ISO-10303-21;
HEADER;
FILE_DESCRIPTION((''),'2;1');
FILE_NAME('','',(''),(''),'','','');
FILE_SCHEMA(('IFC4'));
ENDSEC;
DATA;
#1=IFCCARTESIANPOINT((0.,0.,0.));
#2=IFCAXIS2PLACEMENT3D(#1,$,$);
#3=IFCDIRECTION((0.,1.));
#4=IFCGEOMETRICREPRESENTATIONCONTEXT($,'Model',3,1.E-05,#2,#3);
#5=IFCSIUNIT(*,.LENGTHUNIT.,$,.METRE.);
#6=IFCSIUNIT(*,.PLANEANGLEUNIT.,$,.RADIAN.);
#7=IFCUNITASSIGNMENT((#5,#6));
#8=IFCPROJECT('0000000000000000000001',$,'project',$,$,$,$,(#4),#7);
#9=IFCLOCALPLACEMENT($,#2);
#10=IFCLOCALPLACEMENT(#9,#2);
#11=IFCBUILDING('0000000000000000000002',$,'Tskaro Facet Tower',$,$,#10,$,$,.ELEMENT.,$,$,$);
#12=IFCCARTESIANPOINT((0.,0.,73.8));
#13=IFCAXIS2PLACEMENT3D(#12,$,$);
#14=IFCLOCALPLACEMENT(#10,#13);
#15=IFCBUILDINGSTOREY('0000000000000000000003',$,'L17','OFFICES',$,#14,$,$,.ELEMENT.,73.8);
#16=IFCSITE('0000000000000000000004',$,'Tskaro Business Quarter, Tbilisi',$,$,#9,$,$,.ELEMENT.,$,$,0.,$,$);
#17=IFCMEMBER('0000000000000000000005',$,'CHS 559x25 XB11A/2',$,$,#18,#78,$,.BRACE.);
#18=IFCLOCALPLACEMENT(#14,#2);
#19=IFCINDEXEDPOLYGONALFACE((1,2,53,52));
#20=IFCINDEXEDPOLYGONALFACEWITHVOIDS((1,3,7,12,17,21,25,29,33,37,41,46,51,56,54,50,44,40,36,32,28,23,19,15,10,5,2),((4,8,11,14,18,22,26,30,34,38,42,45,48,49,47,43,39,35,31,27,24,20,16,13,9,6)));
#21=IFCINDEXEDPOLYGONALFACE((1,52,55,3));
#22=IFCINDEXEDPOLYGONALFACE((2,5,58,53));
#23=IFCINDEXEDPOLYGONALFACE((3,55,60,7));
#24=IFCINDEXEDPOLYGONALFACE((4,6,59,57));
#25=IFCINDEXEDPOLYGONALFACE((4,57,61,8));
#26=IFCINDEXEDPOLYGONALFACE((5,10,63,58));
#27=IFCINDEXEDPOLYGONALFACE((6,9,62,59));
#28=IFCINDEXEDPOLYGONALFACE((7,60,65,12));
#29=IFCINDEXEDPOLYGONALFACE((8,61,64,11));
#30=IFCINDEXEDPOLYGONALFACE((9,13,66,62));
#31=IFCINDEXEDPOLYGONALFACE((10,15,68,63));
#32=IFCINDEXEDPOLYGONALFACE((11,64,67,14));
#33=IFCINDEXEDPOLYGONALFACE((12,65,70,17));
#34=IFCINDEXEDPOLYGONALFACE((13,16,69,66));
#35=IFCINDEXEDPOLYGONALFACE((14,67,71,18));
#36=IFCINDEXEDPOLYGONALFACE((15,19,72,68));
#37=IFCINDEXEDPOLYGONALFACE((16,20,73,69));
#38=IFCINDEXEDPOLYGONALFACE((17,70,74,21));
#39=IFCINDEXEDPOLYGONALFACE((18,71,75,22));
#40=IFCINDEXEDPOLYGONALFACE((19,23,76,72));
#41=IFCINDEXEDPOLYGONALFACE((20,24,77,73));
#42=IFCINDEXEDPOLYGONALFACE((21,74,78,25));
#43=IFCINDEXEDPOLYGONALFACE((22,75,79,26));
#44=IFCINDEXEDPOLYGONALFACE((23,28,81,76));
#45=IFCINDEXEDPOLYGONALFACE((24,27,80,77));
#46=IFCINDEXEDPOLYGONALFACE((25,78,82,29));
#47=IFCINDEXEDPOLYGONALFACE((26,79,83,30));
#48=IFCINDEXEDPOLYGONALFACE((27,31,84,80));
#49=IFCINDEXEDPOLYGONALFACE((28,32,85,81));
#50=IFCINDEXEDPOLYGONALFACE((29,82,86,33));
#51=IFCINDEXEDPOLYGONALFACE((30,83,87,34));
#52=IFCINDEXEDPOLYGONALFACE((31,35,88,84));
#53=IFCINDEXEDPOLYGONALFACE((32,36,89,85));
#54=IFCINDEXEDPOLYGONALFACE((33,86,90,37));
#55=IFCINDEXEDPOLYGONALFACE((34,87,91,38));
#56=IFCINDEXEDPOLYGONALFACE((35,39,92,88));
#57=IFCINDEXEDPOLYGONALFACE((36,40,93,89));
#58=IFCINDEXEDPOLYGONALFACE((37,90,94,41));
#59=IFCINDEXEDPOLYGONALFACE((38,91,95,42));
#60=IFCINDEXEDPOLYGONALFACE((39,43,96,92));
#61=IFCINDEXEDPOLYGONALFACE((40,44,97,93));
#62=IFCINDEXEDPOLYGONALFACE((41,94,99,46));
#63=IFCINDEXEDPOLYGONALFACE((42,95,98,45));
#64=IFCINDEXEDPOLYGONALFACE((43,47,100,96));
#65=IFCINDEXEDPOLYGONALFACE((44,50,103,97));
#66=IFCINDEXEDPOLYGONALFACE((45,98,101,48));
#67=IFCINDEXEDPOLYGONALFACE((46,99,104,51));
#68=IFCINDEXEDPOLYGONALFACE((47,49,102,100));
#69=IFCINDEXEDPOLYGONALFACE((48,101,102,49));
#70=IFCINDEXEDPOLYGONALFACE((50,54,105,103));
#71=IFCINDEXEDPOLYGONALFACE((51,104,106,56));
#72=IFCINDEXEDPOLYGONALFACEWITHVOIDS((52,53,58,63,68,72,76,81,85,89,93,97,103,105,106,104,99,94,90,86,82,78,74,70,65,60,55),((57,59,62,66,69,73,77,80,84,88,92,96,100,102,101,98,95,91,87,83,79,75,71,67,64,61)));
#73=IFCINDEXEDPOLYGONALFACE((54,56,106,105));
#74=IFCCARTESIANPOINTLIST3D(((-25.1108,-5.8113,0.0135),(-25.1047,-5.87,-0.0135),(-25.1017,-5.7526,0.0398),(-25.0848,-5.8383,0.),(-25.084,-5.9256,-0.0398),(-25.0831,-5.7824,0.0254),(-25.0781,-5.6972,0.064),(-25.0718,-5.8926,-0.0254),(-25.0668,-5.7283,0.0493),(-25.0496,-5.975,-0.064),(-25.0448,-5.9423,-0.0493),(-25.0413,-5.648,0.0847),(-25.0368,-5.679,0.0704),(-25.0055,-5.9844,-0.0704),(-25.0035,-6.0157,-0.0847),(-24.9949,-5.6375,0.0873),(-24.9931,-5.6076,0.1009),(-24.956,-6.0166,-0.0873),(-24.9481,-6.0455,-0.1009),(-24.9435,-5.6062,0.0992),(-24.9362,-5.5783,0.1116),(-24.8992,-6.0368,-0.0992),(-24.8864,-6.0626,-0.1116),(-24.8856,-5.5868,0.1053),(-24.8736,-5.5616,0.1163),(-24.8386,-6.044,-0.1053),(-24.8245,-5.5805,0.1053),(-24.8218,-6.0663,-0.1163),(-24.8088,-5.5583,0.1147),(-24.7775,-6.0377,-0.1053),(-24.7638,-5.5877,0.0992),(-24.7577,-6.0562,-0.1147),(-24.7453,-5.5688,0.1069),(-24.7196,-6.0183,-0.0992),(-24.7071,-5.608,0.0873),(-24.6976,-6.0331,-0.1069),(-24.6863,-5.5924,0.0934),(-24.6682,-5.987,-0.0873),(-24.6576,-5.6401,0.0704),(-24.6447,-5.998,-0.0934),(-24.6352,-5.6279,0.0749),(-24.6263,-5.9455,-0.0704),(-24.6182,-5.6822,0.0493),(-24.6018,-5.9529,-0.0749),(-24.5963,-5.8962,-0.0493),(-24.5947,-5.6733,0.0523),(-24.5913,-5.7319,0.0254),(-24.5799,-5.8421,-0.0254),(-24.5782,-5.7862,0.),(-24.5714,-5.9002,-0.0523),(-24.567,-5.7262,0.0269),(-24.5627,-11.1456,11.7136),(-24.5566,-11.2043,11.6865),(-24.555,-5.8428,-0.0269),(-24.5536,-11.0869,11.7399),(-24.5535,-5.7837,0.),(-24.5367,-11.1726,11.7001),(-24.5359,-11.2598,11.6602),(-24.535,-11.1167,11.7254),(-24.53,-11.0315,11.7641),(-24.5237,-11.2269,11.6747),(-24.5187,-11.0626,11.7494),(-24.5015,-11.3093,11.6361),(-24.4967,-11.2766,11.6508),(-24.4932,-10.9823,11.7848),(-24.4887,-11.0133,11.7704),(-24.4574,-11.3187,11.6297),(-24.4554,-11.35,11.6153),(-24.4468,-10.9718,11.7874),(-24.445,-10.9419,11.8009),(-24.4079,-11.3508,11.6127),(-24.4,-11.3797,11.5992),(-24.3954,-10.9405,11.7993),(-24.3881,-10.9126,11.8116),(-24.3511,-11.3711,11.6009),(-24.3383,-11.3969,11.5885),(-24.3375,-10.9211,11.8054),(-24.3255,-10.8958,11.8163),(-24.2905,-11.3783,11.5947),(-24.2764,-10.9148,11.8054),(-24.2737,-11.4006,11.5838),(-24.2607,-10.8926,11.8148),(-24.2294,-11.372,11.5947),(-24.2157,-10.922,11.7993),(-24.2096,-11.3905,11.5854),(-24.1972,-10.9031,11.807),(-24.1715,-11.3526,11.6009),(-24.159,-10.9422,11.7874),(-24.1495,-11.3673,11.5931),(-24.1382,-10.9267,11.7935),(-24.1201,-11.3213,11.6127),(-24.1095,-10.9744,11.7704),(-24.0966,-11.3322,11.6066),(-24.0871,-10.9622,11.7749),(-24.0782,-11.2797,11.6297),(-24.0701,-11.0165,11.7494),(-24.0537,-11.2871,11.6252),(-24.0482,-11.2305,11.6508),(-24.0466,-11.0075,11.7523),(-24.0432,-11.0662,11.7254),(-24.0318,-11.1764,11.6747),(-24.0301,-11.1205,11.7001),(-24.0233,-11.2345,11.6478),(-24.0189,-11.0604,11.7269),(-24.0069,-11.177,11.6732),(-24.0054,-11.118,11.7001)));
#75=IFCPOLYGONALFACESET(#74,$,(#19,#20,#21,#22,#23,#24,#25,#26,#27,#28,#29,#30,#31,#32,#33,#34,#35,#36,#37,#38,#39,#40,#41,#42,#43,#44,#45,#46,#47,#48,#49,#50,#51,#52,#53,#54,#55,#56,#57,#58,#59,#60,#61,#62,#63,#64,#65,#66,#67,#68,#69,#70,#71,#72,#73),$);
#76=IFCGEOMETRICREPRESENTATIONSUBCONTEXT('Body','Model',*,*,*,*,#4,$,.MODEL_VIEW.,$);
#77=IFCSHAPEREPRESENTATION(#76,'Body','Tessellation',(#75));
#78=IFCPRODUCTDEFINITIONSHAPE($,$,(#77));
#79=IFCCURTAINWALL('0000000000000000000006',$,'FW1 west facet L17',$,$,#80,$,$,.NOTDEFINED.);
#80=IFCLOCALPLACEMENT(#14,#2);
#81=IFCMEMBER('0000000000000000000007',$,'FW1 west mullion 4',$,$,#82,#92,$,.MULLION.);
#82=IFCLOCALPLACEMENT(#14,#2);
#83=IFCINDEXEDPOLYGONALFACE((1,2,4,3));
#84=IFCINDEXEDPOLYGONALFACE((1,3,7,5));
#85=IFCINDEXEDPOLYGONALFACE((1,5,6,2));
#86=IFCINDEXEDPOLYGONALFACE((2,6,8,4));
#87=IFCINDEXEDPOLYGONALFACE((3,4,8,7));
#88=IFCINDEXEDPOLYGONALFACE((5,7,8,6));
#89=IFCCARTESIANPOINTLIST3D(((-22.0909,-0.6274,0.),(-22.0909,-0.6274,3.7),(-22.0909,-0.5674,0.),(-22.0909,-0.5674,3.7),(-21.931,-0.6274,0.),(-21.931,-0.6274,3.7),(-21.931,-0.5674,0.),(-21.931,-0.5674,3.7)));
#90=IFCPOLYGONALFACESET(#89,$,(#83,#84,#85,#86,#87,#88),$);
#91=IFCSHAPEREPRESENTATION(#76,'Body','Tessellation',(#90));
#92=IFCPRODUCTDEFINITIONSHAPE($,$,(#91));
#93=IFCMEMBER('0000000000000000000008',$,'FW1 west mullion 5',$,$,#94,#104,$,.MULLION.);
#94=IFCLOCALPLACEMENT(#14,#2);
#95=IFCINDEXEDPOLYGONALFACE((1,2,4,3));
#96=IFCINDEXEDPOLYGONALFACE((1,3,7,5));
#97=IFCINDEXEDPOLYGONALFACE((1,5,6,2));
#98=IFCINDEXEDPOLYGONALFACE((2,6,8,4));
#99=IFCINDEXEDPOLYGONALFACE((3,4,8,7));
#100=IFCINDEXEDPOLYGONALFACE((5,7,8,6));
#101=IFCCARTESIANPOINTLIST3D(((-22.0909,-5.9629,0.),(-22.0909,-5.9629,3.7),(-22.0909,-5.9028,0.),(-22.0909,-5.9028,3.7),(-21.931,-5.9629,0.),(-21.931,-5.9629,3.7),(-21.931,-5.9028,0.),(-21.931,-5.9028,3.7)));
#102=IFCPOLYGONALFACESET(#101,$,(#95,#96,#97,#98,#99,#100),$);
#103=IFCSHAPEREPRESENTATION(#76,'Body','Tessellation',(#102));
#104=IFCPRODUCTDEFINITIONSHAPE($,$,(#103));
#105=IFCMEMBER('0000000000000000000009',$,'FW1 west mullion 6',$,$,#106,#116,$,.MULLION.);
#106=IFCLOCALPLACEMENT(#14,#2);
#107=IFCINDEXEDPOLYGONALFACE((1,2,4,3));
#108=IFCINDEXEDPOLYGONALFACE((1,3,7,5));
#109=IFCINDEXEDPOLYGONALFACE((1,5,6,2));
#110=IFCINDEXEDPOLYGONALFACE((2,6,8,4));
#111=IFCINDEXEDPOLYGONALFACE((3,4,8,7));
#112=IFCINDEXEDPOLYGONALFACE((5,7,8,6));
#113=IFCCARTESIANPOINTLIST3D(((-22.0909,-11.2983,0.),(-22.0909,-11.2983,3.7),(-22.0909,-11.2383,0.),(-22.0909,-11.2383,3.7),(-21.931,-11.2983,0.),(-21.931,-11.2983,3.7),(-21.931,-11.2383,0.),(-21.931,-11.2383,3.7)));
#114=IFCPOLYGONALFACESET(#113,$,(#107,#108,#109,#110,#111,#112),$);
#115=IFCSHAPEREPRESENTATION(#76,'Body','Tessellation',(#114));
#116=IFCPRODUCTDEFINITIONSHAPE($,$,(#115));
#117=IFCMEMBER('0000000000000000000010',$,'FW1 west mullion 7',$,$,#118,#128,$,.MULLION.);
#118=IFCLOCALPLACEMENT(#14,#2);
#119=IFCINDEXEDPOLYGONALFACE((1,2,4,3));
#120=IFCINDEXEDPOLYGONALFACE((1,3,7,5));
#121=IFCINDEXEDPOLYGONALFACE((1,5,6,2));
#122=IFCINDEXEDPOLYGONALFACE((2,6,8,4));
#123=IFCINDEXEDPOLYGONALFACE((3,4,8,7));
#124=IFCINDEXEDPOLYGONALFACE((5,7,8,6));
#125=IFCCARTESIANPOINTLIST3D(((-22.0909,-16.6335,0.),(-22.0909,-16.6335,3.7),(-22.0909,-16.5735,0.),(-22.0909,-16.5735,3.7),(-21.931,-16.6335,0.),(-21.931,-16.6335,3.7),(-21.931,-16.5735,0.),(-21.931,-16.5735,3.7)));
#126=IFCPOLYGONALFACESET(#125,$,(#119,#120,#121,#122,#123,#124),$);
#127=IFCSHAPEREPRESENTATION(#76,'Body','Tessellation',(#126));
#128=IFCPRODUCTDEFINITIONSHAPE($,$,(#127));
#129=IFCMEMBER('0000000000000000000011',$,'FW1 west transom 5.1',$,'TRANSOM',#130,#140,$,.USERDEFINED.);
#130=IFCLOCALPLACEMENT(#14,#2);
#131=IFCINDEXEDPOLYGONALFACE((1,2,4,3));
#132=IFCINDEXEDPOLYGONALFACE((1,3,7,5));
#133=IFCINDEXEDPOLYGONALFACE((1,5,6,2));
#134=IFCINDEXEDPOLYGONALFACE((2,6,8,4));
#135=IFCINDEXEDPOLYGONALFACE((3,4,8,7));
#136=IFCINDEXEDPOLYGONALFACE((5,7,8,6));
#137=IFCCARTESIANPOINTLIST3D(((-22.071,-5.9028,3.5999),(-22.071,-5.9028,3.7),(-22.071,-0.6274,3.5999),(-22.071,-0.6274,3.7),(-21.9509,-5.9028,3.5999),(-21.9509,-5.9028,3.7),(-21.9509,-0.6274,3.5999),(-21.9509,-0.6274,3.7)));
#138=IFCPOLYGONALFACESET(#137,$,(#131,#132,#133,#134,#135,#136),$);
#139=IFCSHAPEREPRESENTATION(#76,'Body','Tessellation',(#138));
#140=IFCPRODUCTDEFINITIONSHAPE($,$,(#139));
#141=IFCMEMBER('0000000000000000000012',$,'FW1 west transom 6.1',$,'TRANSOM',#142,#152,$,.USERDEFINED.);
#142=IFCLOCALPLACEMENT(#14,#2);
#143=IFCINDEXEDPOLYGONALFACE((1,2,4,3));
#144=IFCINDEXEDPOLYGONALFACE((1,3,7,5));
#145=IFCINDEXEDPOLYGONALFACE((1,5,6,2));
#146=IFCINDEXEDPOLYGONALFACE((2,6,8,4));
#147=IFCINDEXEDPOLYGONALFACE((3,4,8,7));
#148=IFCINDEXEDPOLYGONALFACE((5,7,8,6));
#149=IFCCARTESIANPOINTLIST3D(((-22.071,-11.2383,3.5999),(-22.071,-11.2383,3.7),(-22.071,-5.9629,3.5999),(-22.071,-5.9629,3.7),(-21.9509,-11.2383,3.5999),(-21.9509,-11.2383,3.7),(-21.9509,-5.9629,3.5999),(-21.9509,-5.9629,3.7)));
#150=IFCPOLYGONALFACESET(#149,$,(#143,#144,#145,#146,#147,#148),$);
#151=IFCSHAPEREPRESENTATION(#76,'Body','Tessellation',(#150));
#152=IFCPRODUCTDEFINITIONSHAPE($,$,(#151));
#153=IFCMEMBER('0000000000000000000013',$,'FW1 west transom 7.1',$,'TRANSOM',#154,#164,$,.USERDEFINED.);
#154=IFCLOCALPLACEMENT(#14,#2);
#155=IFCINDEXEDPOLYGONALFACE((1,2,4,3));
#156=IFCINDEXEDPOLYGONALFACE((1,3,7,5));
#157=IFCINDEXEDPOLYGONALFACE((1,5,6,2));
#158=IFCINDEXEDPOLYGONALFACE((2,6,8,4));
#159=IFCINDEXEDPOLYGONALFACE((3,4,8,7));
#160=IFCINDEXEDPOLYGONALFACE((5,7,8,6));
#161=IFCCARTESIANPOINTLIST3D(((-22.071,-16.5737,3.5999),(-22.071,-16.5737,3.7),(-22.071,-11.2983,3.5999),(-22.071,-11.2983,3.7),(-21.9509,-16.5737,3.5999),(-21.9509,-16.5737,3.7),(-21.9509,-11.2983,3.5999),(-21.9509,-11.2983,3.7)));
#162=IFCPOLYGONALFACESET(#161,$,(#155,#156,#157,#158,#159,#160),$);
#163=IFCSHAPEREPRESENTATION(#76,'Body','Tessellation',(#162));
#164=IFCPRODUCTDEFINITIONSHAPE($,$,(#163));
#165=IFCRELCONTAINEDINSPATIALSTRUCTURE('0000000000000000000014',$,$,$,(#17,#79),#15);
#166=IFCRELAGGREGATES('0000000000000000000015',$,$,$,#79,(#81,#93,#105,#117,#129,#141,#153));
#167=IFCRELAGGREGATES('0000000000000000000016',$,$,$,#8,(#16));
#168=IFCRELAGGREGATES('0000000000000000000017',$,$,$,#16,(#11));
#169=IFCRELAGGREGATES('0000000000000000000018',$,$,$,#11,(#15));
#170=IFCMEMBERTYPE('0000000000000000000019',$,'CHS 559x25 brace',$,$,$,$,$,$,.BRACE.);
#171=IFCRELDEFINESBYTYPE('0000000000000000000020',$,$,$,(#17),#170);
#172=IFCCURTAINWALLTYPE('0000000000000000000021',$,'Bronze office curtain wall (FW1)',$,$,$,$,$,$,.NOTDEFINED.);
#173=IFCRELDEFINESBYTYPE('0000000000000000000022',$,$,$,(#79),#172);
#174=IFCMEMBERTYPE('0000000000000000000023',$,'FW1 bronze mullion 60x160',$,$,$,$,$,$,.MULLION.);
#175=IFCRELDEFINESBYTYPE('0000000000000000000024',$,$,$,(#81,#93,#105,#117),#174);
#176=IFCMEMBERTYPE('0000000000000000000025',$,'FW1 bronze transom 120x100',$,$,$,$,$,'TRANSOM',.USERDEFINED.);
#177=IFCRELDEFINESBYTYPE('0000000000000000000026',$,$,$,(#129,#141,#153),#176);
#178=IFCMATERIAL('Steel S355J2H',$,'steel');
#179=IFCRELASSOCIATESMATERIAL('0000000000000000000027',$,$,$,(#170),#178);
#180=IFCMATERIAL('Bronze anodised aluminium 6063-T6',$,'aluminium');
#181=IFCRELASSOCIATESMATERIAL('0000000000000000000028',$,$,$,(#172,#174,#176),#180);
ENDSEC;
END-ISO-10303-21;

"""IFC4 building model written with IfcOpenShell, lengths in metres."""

from ifc_helpers import new_model, si_unit, direction, frame, origin, origin_2d, place, context, subcontext, project, spatial, rectangle, hollow_circle, extrude, material, material_profile, profile_set, type_object, element, aggregate, save


model = new_model("IFC4")

# Units and contexts
model_context = context("Model", 3, precision=1e-05, world=origin(), true_north=direction((0.0, 1.0)))
body_context = subcontext(model_context, "Body", "Model", "MODEL_VIEW")
ifc_project = project(units=[si_unit("LENGTHUNIT", "METRE"), si_unit("PLANEANGLEUNIT", "RADIAN")], contexts=[model_context])

# Site, building, storey
site_placement = place(None, origin())
site = spatial("IfcSite", under=ifc_project, at=site_placement, Name="Tskaro Business Quarter, Tbilisi", CompositionType="ELEMENT", RefElevation=0.0)
building_placement = place(site_placement, origin())
building = spatial("IfcBuilding", under=site, at=building_placement, Name="Tskaro Facet Tower", CompositionType="ELEMENT")
storey_placement = place(building_placement, frame((0.0, 0.0, 73.8)))
storey = spatial("IfcBuildingStorey", under=building, at=storey_placement, Name="L17", Description="OFFICES", CompositionType="ELEMENT", Elevation=73.8)

# Shared definitions
ifc_material_1 = material(Name="Steel S355J2H", Category="steel")

# Member
ifc_material_profile_1 = material_profile(ifc_material_1, hollow_circle(Radius=0.2795, WallThickness=0.0249, at=origin_2d()), Name="CHS 559x25")
ifc_profile_set_1 = profile_set([ifc_material_profile_1], Name="Steel S355J2H")
member_type_1 = type_object("IfcMemberType", Name="CHS 559x25 brace", PredefinedType="BRACE", material=ifc_profile_set_1)
member_1_placement = place(storey_placement, frame((-24.8315, -5.8123, 0.0), z_axis=(0.042586, -0.414462, 0.90907), x_axis=(0.994763, 0.102213, 0.0)))
element("IfcMember", 1, at=member_1_placement, inside=storey, type_object=member_type_1, Name="CHS 559x25 XB11A/2", PredefinedType="BRACE", context=body_context, shape_type="SweptSolid", body=[
    extrude(hollow_circle(Radius=0.2795, WallThickness=0.0249, at=origin_2d()), origin(), (0.0, 0.0, 1.0), 12.8704),
])

# Curtain wall, members
ifc_material_2 = material(Name="Bronze anodised aluminium 6063-T6", Category="aluminium")
curtain_wall_type = type_object("IfcCurtainWallType", Name="Bronze office curtain wall (FW1)", PredefinedType="NOTDEFINED", material=ifc_material_2)
curtain_wall_placement = place(storey_placement, origin())
curtain_wall = element("IfcCurtainWall", 2, at=curtain_wall_placement, inside=storey, type_object=curtain_wall_type, Name="FW1 west facet L17", PredefinedType="NOTDEFINED")
ifc_material_profile_2 = material_profile(ifc_material_2, rectangle(XDim=0.0601, YDim=0.1599, at=origin_2d()), Name="Mullion 60x160")
ifc_profile_set_2 = profile_set([ifc_material_profile_2], Name="Bronze anodised aluminium 6063-T6")
member_type_2 = type_object("IfcMemberType", Name="FW1 bronze mullion 60x160", PredefinedType="MULLION", material=ifc_profile_set_2)
member_2_placement = place(storey_placement, frame((-22.011, -0.5974, 0.0), z_axis=(0.0, 0.0, 1.0), x_axis=(0.0, -1.0, 0.0)))
member_2 = element("IfcMember", 3, at=member_2_placement, type_object=member_type_2, Name="FW1 west mullion 4", PredefinedType="MULLION", context=body_context, shape_type="SweptSolid", body=[
    extrude(rectangle(XDim=0.0601, YDim=0.1599, at=origin_2d()), origin(), (0.0, 0.0, 1.0), 3.7),
])
member_3_placement = place(storey_placement, frame((-22.011, -5.9329, 0.0), z_axis=(0.0, 0.0, 1.0), x_axis=(0.0, -1.0, 0.0)))
member_3 = element("IfcMember", 4, at=member_3_placement, type_object=member_type_2, Name="FW1 west mullion 5", PredefinedType="MULLION", context=body_context, shape_type="SweptSolid", body=[
    extrude(rectangle(XDim=0.0601, YDim=0.1599, at=origin_2d()), origin(), (0.0, 0.0, 1.0), 3.7),
])
member_4_placement = place(storey_placement, frame((-22.011, -11.2683, 0.0), z_axis=(0.0, 0.0, 1.0), x_axis=(0.0, -1.0, 0.0)))
member_4 = element("IfcMember", 5, at=member_4_placement, type_object=member_type_2, Name="FW1 west mullion 6", PredefinedType="MULLION", context=body_context, shape_type="SweptSolid", body=[
    extrude(rectangle(XDim=0.0601, YDim=0.1599, at=origin_2d()), origin(), (0.0, 0.0, 1.0), 3.7),
])
member_5_placement = place(storey_placement, frame((-22.011, -16.6035, 0.0), z_axis=(0.0, 0.0, 1.0), x_axis=(0.0, -1.0, 0.0)))
member_5 = element("IfcMember", 6, at=member_5_placement, type_object=member_type_2, Name="FW1 west mullion 7", PredefinedType="MULLION", context=body_context, shape_type="SweptSolid", body=[
    extrude(rectangle(XDim=0.0601, YDim=0.1599, at=origin_2d()), origin(), (0.0, 0.0, 1.0), 3.7),
])
ifc_material_profile_3 = material_profile(ifc_material_2, rectangle(XDim=0.1201, YDim=0.1001, at=origin_2d()), Name="Transom 120x100")
ifc_profile_set_3 = profile_set([ifc_material_profile_3], Name="Bronze anodised aluminium 6063-T6")
member_type_3 = type_object("IfcMemberType", Name="FW1 bronze transom 120x100", ElementType="TRANSOM", PredefinedType="USERDEFINED", material=ifc_profile_set_3)
member_6_placement = place(storey_placement, frame((-22.011, -0.6274, 3.6499), z_axis=(0.0, -1.0, 0.0), x_axis=(1.0, 0.0, 0.0)))
member_6 = element("IfcMember", 7, at=member_6_placement, type_object=member_type_3, Name="FW1 west transom 5.1", ObjectType="TRANSOM", PredefinedType="USERDEFINED", context=body_context, shape_type="SweptSolid", body=[
    extrude(rectangle(XDim=0.1201, YDim=0.1001, at=origin_2d()), origin(), (0.0, 0.0, 1.0), 5.2754),
])
member_7_placement = place(storey_placement, frame((-22.011, -5.9629, 3.6499), z_axis=(0.0, -1.0, 0.0), x_axis=(1.0, 0.0, 0.0)))
member_7 = element("IfcMember", 8, at=member_7_placement, type_object=member_type_3, Name="FW1 west transom 6.1", ObjectType="TRANSOM", PredefinedType="USERDEFINED", context=body_context, shape_type="SweptSolid", body=[
    extrude(rectangle(XDim=0.1201, YDim=0.1001, at=origin_2d()), origin(), (0.0, 0.0, 1.0), 5.2754),
])
member_8_placement = place(storey_placement, frame((-22.011, -11.2983, 3.6499), z_axis=(0.0, -1.0, 0.0), x_axis=(1.0, 0.0, 0.0)))
member_8 = element("IfcMember", 9, at=member_8_placement, type_object=member_type_3, Name="FW1 west transom 7.1", ObjectType="TRANSOM", PredefinedType="USERDEFINED", context=body_context, shape_type="SweptSolid", body=[
    extrude(rectangle(XDim=0.1201, YDim=0.1001, at=origin_2d()), origin(), (0.0, 0.0, 1.0), 5.2754),
])

aggregate(curtain_wall, [member_2, member_3, member_4, member_5, member_6, member_7, member_8])

save(model, "model.ifc")
